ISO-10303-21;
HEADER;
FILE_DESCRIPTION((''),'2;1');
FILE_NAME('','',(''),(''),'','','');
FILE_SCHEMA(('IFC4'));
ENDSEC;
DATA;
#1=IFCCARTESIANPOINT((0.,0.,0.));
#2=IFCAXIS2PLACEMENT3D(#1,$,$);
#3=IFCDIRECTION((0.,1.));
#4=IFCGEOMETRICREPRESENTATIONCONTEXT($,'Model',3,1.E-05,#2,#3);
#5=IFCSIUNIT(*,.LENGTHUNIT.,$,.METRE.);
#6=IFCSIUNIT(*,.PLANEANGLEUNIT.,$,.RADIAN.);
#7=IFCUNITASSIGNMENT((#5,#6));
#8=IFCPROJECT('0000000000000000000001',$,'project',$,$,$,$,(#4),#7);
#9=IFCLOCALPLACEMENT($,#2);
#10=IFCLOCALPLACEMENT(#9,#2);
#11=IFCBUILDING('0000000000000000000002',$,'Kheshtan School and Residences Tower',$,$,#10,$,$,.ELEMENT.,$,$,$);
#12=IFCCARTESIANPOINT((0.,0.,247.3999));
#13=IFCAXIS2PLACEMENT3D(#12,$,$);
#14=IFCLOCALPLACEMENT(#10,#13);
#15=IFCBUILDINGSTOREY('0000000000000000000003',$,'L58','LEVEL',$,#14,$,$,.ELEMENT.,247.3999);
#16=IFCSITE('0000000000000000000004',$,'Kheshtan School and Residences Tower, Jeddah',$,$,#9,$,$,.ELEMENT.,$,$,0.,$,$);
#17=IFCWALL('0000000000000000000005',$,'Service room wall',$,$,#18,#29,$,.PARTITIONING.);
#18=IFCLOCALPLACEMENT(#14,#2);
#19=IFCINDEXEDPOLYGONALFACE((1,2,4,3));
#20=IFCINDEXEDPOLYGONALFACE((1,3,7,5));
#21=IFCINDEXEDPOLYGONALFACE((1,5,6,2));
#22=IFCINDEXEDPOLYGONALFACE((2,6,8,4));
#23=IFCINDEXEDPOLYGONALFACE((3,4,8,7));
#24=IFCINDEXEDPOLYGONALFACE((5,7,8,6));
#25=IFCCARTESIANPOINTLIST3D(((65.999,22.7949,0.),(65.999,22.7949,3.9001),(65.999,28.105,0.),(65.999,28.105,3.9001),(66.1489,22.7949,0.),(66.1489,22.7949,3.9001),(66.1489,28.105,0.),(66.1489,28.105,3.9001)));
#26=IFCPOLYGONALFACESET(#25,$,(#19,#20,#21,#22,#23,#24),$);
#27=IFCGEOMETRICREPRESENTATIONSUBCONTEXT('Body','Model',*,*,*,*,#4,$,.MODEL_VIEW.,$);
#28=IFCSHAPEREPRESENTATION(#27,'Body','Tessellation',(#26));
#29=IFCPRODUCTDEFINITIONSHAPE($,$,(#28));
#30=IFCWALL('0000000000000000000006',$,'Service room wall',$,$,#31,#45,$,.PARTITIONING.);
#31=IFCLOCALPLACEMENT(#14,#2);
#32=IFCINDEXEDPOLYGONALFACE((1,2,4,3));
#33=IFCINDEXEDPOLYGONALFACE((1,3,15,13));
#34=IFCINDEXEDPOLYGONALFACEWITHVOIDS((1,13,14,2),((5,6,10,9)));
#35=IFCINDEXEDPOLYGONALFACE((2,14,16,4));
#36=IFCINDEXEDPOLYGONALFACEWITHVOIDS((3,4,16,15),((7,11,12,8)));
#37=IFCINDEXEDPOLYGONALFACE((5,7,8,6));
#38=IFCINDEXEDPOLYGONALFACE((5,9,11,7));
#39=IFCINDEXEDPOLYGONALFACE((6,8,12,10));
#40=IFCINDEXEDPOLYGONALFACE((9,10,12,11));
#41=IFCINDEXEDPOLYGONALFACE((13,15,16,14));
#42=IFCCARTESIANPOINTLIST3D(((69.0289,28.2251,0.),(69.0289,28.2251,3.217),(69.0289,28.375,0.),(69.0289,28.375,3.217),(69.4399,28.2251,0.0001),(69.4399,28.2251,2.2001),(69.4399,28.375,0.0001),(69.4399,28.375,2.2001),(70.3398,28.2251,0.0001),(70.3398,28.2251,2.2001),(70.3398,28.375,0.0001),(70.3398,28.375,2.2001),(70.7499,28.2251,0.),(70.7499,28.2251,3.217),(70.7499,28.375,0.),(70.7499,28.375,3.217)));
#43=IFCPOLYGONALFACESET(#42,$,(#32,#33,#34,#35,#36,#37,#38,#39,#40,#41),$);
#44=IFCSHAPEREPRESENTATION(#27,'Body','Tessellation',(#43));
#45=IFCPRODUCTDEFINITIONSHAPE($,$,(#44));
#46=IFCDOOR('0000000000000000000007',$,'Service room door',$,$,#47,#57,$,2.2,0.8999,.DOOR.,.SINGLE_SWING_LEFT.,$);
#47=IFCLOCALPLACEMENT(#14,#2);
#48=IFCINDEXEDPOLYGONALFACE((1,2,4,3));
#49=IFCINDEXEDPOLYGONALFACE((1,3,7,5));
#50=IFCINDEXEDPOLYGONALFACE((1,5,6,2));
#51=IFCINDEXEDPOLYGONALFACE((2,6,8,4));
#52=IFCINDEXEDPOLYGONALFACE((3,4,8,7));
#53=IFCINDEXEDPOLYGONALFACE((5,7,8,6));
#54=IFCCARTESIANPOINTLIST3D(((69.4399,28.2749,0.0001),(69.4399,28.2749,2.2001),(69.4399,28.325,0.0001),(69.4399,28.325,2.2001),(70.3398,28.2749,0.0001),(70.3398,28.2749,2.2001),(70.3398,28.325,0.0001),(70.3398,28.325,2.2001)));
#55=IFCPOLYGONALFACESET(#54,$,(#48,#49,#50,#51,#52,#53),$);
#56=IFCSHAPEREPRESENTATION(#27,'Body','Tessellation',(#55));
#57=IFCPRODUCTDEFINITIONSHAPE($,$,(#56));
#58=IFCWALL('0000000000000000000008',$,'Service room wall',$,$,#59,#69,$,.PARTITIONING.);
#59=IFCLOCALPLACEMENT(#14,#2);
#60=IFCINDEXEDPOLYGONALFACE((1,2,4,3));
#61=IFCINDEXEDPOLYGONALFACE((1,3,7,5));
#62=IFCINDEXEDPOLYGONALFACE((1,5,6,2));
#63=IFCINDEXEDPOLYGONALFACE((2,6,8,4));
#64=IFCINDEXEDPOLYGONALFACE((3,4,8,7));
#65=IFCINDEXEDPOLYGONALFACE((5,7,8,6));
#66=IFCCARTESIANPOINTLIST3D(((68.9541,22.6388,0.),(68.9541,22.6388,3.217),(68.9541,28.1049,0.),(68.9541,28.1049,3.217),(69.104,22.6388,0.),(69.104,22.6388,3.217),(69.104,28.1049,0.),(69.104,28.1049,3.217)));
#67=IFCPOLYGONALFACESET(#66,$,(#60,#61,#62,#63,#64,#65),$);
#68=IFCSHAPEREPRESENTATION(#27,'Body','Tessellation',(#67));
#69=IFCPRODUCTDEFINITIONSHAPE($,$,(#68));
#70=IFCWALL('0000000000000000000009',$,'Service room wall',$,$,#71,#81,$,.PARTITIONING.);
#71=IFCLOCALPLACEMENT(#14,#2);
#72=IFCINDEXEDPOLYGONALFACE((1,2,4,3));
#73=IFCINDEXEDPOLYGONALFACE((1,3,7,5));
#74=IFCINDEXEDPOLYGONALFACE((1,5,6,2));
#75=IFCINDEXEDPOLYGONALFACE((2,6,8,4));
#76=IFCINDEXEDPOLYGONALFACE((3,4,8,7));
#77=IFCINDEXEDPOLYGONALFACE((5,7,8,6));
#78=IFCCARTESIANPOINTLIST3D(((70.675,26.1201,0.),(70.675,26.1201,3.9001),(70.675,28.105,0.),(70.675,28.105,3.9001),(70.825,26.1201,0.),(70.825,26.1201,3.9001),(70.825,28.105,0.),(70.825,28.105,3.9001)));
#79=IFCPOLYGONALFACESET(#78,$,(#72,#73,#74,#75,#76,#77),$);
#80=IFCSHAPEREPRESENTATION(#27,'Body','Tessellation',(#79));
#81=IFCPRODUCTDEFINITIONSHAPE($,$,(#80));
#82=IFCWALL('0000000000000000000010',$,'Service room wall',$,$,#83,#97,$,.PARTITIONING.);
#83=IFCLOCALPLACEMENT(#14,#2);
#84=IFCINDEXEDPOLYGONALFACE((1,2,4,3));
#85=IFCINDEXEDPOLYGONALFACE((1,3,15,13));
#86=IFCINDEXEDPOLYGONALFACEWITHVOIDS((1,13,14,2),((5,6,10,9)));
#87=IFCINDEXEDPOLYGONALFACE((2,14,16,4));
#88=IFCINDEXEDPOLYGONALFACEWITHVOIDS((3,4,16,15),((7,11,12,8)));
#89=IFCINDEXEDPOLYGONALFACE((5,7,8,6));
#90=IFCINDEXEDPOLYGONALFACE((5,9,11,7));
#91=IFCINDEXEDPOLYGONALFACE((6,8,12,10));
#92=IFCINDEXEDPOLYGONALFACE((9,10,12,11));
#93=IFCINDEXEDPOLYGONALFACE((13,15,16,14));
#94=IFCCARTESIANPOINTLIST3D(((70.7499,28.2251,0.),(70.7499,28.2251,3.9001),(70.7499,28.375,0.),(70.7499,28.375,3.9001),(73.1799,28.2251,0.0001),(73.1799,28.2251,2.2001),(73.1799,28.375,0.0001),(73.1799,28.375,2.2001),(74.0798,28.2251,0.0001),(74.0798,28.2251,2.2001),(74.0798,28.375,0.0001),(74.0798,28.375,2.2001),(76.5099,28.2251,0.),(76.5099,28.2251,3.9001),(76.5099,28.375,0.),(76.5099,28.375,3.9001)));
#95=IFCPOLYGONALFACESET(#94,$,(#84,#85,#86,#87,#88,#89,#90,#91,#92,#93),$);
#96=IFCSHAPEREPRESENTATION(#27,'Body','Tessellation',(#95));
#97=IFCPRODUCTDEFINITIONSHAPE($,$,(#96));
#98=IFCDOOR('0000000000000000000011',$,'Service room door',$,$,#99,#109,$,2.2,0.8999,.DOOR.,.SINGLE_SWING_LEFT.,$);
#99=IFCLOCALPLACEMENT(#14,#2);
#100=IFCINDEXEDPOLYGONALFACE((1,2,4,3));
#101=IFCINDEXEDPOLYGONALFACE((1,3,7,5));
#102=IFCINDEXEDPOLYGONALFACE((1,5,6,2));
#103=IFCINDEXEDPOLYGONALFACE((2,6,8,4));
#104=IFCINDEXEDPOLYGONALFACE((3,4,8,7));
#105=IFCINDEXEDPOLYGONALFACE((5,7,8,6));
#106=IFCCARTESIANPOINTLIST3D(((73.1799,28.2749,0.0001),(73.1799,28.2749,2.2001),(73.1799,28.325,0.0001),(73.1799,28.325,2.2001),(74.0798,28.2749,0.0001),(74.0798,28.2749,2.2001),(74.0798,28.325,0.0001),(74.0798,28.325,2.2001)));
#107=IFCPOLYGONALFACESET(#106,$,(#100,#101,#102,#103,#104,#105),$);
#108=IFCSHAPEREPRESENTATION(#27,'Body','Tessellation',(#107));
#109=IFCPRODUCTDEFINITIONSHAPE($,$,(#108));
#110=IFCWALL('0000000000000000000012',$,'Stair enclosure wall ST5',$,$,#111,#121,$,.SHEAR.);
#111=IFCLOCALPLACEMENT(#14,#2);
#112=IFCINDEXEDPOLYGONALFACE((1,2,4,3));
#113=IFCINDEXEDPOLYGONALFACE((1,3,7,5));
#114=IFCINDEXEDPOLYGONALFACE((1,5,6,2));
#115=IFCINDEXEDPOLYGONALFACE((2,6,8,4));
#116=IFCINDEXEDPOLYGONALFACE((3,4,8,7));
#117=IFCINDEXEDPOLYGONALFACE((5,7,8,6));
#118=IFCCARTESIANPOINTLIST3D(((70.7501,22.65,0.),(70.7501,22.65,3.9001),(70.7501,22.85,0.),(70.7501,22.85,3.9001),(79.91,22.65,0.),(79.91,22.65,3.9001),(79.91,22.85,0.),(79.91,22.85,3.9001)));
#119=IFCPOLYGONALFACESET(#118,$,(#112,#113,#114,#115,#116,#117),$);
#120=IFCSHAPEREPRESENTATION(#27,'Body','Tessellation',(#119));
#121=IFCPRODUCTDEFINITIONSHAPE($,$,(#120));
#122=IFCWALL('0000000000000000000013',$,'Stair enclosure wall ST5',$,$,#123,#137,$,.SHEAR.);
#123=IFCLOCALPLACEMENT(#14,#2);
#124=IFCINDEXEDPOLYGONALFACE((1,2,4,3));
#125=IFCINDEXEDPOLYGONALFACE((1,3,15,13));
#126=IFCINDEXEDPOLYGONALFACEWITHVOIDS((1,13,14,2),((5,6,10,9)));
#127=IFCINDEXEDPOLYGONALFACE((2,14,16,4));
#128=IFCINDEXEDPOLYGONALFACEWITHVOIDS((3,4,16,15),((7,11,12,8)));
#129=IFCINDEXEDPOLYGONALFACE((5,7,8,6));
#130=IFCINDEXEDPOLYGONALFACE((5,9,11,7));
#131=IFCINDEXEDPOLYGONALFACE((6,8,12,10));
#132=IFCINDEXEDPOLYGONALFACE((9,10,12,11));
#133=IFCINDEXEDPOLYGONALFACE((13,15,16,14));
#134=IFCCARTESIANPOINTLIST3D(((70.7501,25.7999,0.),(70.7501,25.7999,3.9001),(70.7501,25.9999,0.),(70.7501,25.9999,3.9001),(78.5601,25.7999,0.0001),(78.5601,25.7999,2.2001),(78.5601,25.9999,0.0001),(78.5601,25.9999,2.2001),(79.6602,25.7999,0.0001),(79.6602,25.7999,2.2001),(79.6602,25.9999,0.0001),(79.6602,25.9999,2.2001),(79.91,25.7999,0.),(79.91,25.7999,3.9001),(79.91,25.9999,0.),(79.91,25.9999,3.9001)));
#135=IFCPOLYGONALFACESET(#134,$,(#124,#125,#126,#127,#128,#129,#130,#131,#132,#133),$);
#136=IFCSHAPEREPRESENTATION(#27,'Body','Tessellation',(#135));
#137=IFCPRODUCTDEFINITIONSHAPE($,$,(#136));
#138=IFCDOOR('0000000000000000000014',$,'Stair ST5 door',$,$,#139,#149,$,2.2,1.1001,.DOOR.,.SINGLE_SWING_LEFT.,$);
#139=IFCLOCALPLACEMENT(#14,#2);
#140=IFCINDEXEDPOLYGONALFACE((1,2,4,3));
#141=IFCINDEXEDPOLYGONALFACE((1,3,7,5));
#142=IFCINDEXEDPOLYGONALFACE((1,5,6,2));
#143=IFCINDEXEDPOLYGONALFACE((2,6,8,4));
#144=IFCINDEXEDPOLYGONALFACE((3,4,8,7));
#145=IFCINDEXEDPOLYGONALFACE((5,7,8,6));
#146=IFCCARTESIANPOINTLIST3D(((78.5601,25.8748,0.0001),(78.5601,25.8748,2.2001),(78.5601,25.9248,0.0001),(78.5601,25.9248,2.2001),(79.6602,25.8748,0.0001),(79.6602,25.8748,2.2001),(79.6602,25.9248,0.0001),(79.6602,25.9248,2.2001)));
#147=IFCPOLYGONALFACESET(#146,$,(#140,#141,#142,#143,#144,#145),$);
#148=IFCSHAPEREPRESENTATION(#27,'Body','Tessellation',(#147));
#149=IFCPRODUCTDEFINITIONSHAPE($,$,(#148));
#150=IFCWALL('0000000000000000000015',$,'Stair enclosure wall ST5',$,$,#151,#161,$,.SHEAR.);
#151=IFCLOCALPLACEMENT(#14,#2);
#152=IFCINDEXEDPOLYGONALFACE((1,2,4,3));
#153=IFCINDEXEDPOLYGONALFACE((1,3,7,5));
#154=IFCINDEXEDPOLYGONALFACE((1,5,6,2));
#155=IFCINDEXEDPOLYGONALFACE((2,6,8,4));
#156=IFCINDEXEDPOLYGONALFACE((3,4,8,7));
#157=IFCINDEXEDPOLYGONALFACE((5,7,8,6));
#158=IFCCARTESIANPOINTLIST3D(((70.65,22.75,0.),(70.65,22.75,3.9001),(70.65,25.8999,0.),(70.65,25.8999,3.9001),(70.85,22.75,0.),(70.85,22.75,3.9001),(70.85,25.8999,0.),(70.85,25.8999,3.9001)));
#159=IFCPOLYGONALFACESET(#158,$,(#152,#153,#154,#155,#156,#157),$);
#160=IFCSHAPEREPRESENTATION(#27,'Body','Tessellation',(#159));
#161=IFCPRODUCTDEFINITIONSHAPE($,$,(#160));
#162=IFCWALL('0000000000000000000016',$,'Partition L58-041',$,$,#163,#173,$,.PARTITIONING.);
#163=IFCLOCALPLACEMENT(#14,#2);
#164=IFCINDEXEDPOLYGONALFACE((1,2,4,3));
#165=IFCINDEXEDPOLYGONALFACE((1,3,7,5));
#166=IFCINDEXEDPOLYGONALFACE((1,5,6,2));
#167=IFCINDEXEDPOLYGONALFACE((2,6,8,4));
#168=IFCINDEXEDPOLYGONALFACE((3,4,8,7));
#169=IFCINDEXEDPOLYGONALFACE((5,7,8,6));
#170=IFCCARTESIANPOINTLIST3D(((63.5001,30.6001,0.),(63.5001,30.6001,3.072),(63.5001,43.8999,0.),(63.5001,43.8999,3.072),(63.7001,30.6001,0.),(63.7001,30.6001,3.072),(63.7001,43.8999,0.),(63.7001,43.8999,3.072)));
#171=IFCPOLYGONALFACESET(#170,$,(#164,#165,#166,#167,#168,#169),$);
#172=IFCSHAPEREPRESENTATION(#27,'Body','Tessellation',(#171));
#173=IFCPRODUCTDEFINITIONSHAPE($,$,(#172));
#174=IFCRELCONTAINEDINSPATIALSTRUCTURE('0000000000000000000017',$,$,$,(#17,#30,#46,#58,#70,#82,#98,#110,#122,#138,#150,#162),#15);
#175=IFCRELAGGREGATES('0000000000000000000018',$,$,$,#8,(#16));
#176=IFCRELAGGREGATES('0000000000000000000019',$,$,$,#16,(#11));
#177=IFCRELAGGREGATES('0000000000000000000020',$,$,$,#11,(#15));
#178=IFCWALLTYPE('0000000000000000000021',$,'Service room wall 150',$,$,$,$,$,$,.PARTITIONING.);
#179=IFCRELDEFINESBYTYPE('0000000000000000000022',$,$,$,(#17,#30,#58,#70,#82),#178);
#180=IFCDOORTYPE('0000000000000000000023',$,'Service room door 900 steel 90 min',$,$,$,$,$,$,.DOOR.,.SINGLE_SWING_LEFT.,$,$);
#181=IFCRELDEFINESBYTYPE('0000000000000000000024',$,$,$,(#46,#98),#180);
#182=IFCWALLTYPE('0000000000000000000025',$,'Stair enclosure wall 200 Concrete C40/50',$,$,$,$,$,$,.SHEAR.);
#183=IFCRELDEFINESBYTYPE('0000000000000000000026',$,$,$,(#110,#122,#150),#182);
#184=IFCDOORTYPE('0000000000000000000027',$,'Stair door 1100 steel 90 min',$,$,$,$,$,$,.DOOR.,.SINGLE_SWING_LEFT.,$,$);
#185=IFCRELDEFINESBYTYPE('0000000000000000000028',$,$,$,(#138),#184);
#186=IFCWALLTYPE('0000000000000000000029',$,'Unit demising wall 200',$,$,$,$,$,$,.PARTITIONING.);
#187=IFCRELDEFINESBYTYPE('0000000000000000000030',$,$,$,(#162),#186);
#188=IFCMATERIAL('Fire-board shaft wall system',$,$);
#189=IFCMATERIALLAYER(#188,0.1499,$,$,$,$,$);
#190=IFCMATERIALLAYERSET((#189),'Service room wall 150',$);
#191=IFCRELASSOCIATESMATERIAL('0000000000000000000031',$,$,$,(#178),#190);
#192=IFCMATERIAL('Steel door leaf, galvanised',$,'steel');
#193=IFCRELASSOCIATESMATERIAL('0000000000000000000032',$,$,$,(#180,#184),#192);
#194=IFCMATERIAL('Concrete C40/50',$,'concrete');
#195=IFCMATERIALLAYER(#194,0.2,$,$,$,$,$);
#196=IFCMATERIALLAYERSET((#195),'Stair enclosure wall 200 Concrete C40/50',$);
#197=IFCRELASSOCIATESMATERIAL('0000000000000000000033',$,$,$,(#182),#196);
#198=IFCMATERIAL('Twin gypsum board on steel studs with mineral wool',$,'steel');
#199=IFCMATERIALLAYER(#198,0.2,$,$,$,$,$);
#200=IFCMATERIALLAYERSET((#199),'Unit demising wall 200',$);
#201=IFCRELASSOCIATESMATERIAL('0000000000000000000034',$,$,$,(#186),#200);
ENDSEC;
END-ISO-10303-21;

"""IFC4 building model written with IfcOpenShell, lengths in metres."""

from ifc_helpers import new_model, si_unit, direction, frame, frame_2d, origin, place, context, subcontext, project, spatial, rectangle, extrude, source, transform, mapped, material, layer, layer_set, type_object, element, fill, save


model = new_model("IFC4")

# Units and contexts
model_context = context("Model", 3, precision=1e-05, world=origin(), true_north=direction((0.0, 1.0)))
body_context = subcontext(model_context, "Body", "Model", "MODEL_VIEW")
ifc_project = project(units=[si_unit("LENGTHUNIT", "METRE"), si_unit("PLANEANGLEUNIT", "RADIAN")], contexts=[model_context])

# Site, building, storey
site_placement = place(None, origin())
site = spatial("IfcSite", under=ifc_project, at=site_placement, Name="Kheshtan School and Residences Tower, Jeddah", CompositionType="ELEMENT", RefElevation=0.0)
building_placement = place(site_placement, origin())
building = spatial("IfcBuilding", under=site, at=building_placement, Name="Kheshtan School and Residences Tower", CompositionType="ELEMENT")
storey_placement = place(building_placement, frame((0.0, 0.0, 247.3999)))
storey = spatial("IfcBuildingStorey", under=building, at=storey_placement, Name="L58", Description="LEVEL", CompositionType="ELEMENT", Elevation=247.3999)

# Shared definitions
ifc_material_1 = material(Name="Fire-board shaft wall system")
ifc_layer_1 = layer(ifc_material_1, 0.1499)
ifc_layer_set_1 = layer_set([ifc_layer_1], Name="Service room wall 150")
wall_type_1 = type_object("IfcWallType", Name="Service room wall 150", PredefinedType="PARTITIONING", material=ifc_layer_set_1)
ifc_material_2 = material(Name="Steel door leaf, galvanised", Category="steel")
door_type_1 = type_object("IfcDoorType", Name="Service room door 900 steel 90 min", OperationType="SINGLE_SWING_LEFT", PredefinedType="DOOR", material=ifc_material_2)
shared_shape_1 = source(origin(), body_context, "Body", "SweptSolid", [
    extrude(rectangle(XDim=0.8999, YDim=2.2, at=frame_2d((0.45, 1.1001))), frame((0.0, 0.0249, 0.0), z_axis=(0.0, -1.0, 0.0), x_axis=(1.0, 0.0, 0.0)), (0.0, 0.0, 1.0), 0.05),
])

# Wall
wall_1_placement = place(storey_placement, frame((66.074, 22.7949, 0.0), z_axis=(0.0, 0.0, 1.0), x_axis=(0.0, 1.0, 0.0)))
element("IfcWall", 1, at=wall_1_placement, inside=storey, type_object=wall_type_1, Name="Service room wall", PredefinedType="PARTITIONING", context=body_context, shape_type="SweptSolid", body=[
    extrude(rectangle(XDim=5.3101, YDim=0.1499, at=frame_2d((2.655, 0.0))), origin(), (0.0, 0.0, 1.0), 3.9001),
])

# Wall, opening, door
wall_2_placement = place(storey_placement, frame((69.0291, 28.3, 0.0), z_axis=(0.0, 0.0, 1.0), x_axis=(1.0, 0.0, 0.0)))
wall_2 = element("IfcWall", 2, at=wall_2_placement, inside=storey, type_object=wall_type_1, Name="Service room wall", PredefinedType="PARTITIONING", context=body_context, shape_type="SweptSolid", body=[
    extrude(rectangle(XDim=1.7209, YDim=0.1499, at=frame_2d((0.8604, 0.0))), origin(), (0.0, 0.0, 1.0), 3.217),
])
opening_1_placement = place(wall_2_placement, frame((0.4109, 0.0, 0.0)))
opening_1 = element("IfcOpeningElement", 3, at=opening_1_placement, cuts=wall_2, PredefinedType="OPENING", context=body_context, shape_type="SweptSolid", body=[
    extrude(rectangle(XDim=0.8999, YDim=2.2, at=frame_2d((0.45, 1.1001))), frame((0.0, 0.085, 0.0), z_axis=(0.0, -1.0, 0.0), x_axis=(1.0, 0.0, 0.0)), (0.0, 0.0, 1.0), 0.1699),
])
door_1_placement = place(opening_1_placement, origin())
door_1 = element("IfcDoor", 4, at=door_1_placement, inside=storey, type_object=door_type_1, Name="Service room door", OperationType="SINGLE_SWING_LEFT", OverallHeight=2.2, OverallWidth=0.8999, PredefinedType="DOOR", context=body_context, shape_type="MappedRepresentation", body=[
    mapped(shared_shape_1, transform((0.0, 0.0, 0.0), x_axis=(1.0, 0.0, 0.0), y_axis=(0.0, 1.0, 0.0), z_axis=(0.0, 0.0, 1.0), scale=1.0)),
])
fill(opening_1, door_1)

# Walls
wall_3_placement = place(storey_placement, frame((69.0291, 22.6389, 0.0), z_axis=(0.0, 0.0, 1.0), x_axis=(0.0, 1.0, 0.0)))
element("IfcWall", 5, at=wall_3_placement, inside=storey, type_object=wall_type_1, Name="Service room wall", PredefinedType="PARTITIONING", context=body_context, shape_type="SweptSolid", body=[
    extrude(rectangle(XDim=5.4661, YDim=0.1499, at=frame_2d((2.7329, 0.0))), origin(), (0.0, 0.0, 1.0), 3.217),
])
wall_4_placement = place(storey_placement, frame((70.75, 26.1201, 0.0), z_axis=(0.0, 0.0, 1.0), x_axis=(0.0, 1.0, 0.0)))
element("IfcWall", 6, at=wall_4_placement, inside=storey, type_object=wall_type_1, Name="Service room wall", PredefinedType="PARTITIONING", context=body_context, shape_type="SweptSolid", body=[
    extrude(rectangle(XDim=1.9849, YDim=0.1499, at=frame_2d((0.9924, 0.0))), origin(), (0.0, 0.0, 1.0), 3.9001),
])

# Wall, opening, door
wall_5_placement = place(storey_placement, frame((70.75, 28.3, 0.0), z_axis=(0.0, 0.0, 1.0), x_axis=(1.0, 0.0, 0.0)))
wall_5 = element("IfcWall", 7, at=wall_5_placement, inside=storey, type_object=wall_type_1, Name="Service room wall", PredefinedType="PARTITIONING", context=body_context, shape_type="SweptSolid", body=[
    extrude(rectangle(XDim=5.76, YDim=0.1499, at=frame_2d((2.8799, 0.0))), origin(), (0.0, 0.0, 1.0), 3.9001),
])
opening_2_placement = place(wall_5_placement, frame((2.4299, 0.0, 0.0)))
opening_2 = element("IfcOpeningElement", 8, at=opening_2_placement, cuts=wall_5, PredefinedType="OPENING", context=body_context, shape_type="SweptSolid", body=[
    extrude(rectangle(XDim=0.8999, YDim=2.2, at=frame_2d((0.45, 1.1001))), frame((0.0, 0.085, 0.0), z_axis=(0.0, -1.0, 0.0), x_axis=(1.0, 0.0, 0.0)), (0.0, 0.0, 1.0), 0.1699),
])
door_2_placement = place(opening_2_placement, origin())
door_2 = element("IfcDoor", 9, at=door_2_placement, inside=storey, type_object=door_type_1, Name="Service room door", OperationType="SINGLE_SWING_LEFT", OverallHeight=2.2, OverallWidth=0.8999, PredefinedType="DOOR", context=body_context, shape_type="MappedRepresentation", body=[
    mapped(shared_shape_1, transform((0.0, 0.0, 0.0), x_axis=(1.0, 0.0, 0.0), y_axis=(0.0, 1.0, 0.0), z_axis=(0.0, 0.0, 1.0), scale=1.0)),
])
fill(opening_2, door_2)

# Wall
ifc_material_3 = material(Name="Concrete C40/50", Category="concrete")
ifc_layer_2 = layer(ifc_material_3, 0.2)
ifc_layer_set_2 = layer_set([ifc_layer_2], Name="Stair enclosure wall 200 Concrete C40/50")
wall_type_2 = type_object("IfcWallType", Name="Stair enclosure wall 200 Concrete C40/50", PredefinedType="SHEAR", material=ifc_layer_set_2)
wall_6_placement = place(storey_placement, frame((70.75, 22.75, 0.0), z_axis=(0.0, 0.0, 1.0), x_axis=(1.0, 0.0, 0.0)))
element("IfcWall", 10, at=wall_6_placement, inside=storey, type_object=wall_type_2, Name="Stair enclosure wall ST5", PredefinedType="SHEAR", context=body_context, shape_type="SweptSolid", body=[
    extrude(rectangle(XDim=9.1599, YDim=0.2, at=frame_2d((4.5801, 0.0))), origin(), (0.0, 0.0, 1.0), 3.9001),
])

# Wall, opening, door
wall_7_placement = place(storey_placement, frame((70.75, 25.8999, 0.0), z_axis=(0.0, 0.0, 1.0), x_axis=(1.0, 0.0, 0.0)))
wall_7 = element("IfcWall", 11, at=wall_7_placement, inside=storey, type_object=wall_type_2, Name="Stair enclosure wall ST5", PredefinedType="SHEAR", context=body_context, shape_type="SweptSolid", body=[
    extrude(rectangle(XDim=9.1599, YDim=0.2, at=frame_2d((4.5801, 0.0))), origin(), (0.0, 0.0, 1.0), 3.9001),
])
opening_3_placement = place(wall_7_placement, frame((7.8101, 0.0, 0.0)))
opening_3 = element("IfcOpeningElement", 12, at=opening_3_placement, cuts=wall_7, PredefinedType="OPENING", context=body_context, shape_type="SweptSolid", body=[
    extrude(rectangle(XDim=1.1001, YDim=2.2, at=frame_2d((0.55, 1.1001))), frame((0.0, 0.1099, 0.0), z_axis=(0.0, -1.0, 0.0), x_axis=(1.0, 0.0, 0.0)), (0.0, 0.0, 1.0), 0.22),
])
door_type_2 = type_object("IfcDoorType", Name="Stair door 1100 steel 90 min", OperationType="SINGLE_SWING_LEFT", PredefinedType="DOOR", material=ifc_material_2)
shared_shape_2 = source(origin(), body_context, "Body", "SweptSolid", [
    extrude(rectangle(XDim=1.1001, YDim=2.2, at=frame_2d((0.55, 1.1001))), frame((0.0, 0.0249, 0.0), z_axis=(0.0, -1.0, 0.0), x_axis=(1.0, 0.0, 0.0)), (0.0, 0.0, 1.0), 0.05),
])
door_3_placement = place(opening_3_placement, origin())
door_3 = element("IfcDoor", 13, at=door_3_placement, inside=storey, type_object=door_type_2, Name="Stair ST5 door", OperationType="SINGLE_SWING_LEFT", OverallHeight=2.2, OverallWidth=1.1001, PredefinedType="DOOR", context=body_context, shape_type="MappedRepresentation", body=[
    mapped(shared_shape_2, transform((0.0, 0.0, 0.0), x_axis=(1.0, 0.0, 0.0), y_axis=(0.0, 1.0, 0.0), z_axis=(0.0, 0.0, 1.0), scale=1.0)),
])
fill(opening_3, door_3)

# Walls
wall_8_placement = place(storey_placement, frame((70.75, 22.75, 0.0), z_axis=(0.0, 0.0, 1.0), x_axis=(0.0, 1.0, 0.0)))
element("IfcWall", 14, at=wall_8_placement, inside=storey, type_object=wall_type_2, Name="Stair enclosure wall ST5", PredefinedType="SHEAR", context=body_context, shape_type="SweptSolid", body=[
    extrude(rectangle(XDim=3.1499, YDim=0.2, at=frame_2d((1.575, 0.0))), origin(), (0.0, 0.0, 1.0), 3.9001),
])
ifc_material_4 = material(Name="Twin gypsum board on steel studs with mineral wool", Category="steel")
ifc_layer_3 = layer(ifc_material_4, 0.2)
ifc_layer_set_3 = layer_set([ifc_layer_3], Name="Unit demising wall 200")
wall_type_3 = type_object("IfcWallType", Name="Unit demising wall 200", PredefinedType="PARTITIONING", material=ifc_layer_set_3)
wall_9_placement = place(storey_placement, frame((63.6001, 30.6001, 0.0), z_axis=(0.0, 0.0, 1.0), x_axis=(0.0, 1.0, 0.0)))
element("IfcWall", 15, at=wall_9_placement, inside=storey, type_object=wall_type_3, Name="Partition L58-041", PredefinedType="PARTITIONING", context=body_context, shape_type="SweptSolid", body=[
    extrude(rectangle(XDim=13.2998, YDim=0.2, at=frame_2d((6.6499, 0.0))), origin(), (0.0, 0.0, 1.0), 3.072),
])

save(model, "model.ifc")
